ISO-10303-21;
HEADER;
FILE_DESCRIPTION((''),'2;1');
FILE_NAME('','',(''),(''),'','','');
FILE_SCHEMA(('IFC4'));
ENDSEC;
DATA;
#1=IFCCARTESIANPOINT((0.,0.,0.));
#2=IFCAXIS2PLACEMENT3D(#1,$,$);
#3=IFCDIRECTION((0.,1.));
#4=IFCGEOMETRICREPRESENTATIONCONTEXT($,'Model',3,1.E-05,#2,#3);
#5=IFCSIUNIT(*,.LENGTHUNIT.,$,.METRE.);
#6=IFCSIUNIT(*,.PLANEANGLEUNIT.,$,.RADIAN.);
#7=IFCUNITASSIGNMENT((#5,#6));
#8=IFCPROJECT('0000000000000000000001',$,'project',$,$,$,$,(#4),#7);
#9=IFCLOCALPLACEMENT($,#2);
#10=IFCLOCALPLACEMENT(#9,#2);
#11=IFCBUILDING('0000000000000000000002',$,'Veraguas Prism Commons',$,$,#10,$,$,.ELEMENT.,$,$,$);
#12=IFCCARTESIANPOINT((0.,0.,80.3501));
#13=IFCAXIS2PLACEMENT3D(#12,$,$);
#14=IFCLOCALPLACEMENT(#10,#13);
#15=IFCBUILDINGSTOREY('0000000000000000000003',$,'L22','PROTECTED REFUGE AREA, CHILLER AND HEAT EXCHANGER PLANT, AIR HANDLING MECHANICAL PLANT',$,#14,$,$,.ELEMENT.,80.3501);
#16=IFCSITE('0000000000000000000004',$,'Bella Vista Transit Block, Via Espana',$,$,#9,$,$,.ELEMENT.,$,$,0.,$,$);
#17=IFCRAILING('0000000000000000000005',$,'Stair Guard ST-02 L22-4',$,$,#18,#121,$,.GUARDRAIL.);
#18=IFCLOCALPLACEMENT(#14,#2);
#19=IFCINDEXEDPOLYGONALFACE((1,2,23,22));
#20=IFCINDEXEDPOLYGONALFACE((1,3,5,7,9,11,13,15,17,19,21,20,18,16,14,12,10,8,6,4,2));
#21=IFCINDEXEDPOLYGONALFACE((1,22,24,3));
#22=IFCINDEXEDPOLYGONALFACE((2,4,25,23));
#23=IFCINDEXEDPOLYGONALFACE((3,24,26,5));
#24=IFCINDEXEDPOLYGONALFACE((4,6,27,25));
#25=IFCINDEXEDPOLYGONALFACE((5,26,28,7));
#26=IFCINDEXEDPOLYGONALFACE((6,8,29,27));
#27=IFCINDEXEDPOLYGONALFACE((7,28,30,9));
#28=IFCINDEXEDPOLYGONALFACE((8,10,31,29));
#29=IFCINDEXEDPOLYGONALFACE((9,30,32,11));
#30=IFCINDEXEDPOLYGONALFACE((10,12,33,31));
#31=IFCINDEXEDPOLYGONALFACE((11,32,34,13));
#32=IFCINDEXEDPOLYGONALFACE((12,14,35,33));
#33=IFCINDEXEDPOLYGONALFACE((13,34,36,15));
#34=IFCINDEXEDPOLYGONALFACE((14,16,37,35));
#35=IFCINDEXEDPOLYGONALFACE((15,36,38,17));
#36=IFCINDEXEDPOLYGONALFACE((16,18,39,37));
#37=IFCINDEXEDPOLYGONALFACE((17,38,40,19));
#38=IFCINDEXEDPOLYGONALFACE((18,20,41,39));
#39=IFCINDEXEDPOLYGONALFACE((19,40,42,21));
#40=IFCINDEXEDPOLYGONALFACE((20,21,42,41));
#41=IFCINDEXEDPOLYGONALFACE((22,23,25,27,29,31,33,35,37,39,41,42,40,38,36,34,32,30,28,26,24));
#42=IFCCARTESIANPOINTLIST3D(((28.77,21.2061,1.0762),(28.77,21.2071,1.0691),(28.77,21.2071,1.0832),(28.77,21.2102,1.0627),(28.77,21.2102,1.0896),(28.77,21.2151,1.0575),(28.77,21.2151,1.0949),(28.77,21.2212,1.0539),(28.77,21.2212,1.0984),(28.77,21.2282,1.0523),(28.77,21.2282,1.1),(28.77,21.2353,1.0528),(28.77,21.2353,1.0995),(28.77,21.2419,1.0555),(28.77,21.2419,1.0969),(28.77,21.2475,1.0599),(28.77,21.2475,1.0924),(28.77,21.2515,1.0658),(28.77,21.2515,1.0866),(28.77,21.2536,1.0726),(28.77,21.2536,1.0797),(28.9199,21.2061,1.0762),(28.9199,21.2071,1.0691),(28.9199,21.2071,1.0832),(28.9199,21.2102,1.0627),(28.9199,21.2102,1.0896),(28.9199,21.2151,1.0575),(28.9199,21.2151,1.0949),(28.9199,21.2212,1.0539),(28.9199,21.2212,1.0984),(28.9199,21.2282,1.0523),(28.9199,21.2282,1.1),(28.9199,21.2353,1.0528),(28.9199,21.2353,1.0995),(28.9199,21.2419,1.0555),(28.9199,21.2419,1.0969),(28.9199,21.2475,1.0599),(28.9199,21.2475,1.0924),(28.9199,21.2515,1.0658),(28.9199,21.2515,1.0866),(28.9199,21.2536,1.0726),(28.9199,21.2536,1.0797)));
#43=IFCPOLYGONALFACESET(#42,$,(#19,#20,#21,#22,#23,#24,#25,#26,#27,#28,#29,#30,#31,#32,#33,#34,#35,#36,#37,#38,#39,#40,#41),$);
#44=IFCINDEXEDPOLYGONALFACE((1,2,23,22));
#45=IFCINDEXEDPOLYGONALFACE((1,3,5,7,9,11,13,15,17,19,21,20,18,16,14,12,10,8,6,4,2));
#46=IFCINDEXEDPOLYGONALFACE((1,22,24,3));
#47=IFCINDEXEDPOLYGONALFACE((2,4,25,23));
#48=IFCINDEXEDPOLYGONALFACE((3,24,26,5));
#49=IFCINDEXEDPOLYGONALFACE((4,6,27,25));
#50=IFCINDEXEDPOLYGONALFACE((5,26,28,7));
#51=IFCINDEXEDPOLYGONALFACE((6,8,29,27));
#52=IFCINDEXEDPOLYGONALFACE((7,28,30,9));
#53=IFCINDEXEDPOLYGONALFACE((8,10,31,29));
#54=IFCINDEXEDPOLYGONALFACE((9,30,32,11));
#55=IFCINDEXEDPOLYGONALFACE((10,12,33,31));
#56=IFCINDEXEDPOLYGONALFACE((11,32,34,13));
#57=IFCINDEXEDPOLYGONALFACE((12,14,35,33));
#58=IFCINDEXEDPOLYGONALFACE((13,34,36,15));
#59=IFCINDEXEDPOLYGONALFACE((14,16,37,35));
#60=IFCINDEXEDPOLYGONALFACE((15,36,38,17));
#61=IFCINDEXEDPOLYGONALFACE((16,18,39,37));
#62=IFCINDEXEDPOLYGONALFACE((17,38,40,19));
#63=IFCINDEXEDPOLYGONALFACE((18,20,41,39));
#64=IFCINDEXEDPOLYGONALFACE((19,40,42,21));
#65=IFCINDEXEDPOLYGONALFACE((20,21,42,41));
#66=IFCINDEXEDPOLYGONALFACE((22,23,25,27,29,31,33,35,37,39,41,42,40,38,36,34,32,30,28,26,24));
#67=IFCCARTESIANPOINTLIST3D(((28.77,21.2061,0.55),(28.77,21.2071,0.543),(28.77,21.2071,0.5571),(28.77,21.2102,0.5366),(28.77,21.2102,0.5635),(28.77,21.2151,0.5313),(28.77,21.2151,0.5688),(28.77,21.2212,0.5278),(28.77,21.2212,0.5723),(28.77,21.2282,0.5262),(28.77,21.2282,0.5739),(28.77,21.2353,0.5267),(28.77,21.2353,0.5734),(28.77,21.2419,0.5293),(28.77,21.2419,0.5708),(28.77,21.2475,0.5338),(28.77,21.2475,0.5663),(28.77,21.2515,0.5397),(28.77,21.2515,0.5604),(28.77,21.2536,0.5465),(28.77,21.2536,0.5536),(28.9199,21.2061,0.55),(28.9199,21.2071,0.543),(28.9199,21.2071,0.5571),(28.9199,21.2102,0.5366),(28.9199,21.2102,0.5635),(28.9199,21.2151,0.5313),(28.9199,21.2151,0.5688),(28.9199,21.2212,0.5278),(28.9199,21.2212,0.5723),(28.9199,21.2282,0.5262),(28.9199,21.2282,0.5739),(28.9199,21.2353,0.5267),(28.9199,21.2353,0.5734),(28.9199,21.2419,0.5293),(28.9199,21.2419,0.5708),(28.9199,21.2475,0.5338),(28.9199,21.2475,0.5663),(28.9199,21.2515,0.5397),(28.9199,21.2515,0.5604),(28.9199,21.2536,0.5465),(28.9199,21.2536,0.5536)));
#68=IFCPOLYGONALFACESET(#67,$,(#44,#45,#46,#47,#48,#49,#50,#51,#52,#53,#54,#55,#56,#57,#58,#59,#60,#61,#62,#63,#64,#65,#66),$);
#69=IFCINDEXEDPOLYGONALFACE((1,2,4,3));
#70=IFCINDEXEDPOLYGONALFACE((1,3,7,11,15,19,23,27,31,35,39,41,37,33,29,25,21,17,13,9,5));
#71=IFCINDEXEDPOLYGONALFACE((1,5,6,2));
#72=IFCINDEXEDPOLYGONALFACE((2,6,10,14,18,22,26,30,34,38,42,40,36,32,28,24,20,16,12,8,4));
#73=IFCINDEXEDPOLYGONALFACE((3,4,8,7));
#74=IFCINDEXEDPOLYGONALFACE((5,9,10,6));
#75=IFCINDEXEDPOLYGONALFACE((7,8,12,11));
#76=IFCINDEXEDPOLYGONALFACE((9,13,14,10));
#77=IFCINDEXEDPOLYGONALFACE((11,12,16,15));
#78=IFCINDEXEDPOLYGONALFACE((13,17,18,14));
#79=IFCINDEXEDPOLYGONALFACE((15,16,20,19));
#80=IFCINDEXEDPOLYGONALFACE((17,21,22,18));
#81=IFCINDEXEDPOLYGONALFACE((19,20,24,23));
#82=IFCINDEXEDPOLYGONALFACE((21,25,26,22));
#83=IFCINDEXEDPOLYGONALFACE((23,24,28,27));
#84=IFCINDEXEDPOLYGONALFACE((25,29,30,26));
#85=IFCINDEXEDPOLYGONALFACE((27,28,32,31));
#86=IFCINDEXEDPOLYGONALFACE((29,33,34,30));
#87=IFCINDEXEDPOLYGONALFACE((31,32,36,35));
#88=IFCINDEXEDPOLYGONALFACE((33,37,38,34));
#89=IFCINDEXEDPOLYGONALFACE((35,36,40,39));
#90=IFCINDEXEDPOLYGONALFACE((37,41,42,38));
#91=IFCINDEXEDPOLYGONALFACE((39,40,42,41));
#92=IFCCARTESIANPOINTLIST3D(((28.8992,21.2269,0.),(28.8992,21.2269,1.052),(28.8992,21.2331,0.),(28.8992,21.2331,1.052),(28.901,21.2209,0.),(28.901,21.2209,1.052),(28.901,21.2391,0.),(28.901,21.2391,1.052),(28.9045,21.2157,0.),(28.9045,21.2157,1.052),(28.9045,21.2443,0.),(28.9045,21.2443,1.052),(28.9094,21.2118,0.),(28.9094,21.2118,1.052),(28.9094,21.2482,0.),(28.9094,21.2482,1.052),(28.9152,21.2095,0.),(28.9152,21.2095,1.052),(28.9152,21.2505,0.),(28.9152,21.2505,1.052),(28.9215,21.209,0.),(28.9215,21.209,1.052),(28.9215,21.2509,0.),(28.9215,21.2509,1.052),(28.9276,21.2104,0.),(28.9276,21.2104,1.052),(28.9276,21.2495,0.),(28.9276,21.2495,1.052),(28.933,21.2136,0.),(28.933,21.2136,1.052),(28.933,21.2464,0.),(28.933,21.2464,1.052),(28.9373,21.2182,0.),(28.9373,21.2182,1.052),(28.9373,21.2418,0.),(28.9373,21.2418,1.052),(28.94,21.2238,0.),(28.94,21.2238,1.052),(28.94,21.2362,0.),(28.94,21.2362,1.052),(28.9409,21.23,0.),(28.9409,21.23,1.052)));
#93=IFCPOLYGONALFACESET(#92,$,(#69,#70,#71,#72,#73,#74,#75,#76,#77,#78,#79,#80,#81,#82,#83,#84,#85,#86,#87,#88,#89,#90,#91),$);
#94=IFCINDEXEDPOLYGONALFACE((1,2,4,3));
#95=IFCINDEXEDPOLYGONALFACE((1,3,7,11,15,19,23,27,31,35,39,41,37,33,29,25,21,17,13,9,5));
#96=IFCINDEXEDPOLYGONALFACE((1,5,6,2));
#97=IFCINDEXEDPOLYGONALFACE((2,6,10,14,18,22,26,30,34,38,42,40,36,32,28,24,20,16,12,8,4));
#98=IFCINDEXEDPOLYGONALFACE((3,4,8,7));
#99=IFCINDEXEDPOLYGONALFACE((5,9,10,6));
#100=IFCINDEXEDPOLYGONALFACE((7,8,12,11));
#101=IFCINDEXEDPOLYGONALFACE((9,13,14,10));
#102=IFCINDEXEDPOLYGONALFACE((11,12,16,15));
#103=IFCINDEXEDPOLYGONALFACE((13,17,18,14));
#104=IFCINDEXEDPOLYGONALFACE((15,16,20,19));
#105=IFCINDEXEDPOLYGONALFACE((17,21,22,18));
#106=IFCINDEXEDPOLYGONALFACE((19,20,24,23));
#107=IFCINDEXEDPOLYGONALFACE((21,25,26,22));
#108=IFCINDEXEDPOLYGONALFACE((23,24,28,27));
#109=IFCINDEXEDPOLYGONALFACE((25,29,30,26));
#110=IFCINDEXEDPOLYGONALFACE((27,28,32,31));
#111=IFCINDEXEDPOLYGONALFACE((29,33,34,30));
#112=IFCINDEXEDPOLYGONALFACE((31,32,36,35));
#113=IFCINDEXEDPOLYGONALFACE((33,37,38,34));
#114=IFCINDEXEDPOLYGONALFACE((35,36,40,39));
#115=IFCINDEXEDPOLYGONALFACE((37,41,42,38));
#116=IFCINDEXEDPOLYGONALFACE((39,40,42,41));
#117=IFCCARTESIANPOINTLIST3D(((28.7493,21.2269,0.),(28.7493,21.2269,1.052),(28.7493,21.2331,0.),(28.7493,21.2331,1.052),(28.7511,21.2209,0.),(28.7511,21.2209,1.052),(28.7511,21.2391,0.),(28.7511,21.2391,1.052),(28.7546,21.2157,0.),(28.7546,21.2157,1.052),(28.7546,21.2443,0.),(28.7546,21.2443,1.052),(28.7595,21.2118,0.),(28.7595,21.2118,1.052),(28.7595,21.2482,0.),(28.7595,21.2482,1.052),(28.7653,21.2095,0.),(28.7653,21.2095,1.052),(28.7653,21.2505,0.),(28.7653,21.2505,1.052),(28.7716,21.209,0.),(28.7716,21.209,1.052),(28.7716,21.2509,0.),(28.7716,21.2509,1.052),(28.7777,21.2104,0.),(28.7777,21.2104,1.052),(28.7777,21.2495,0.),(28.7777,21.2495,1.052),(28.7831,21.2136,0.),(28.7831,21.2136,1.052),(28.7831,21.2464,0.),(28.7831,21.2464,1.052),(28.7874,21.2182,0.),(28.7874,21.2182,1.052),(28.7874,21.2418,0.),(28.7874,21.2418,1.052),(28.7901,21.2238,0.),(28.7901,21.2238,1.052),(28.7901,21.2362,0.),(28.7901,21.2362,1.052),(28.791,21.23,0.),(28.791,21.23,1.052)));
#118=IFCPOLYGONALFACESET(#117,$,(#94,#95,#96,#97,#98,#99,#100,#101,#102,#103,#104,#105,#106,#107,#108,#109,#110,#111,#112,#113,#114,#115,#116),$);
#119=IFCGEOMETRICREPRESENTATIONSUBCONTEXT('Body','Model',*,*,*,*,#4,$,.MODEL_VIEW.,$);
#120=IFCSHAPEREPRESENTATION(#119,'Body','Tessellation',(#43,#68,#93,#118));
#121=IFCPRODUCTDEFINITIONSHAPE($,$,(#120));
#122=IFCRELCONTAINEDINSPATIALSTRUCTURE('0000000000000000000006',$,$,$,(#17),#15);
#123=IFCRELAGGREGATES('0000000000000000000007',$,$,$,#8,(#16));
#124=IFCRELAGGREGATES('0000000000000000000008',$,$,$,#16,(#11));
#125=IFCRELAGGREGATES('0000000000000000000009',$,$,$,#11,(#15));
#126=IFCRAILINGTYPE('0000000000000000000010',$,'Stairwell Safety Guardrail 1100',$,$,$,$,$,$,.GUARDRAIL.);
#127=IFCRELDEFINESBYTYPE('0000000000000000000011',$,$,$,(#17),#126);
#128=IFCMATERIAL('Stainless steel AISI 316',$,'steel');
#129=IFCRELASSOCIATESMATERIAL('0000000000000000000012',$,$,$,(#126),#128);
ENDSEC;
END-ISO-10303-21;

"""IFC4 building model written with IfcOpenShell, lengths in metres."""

from ifc_helpers import new_model, si_unit, direction, frame, origin, origin_2d, place, context, subcontext, project, spatial, circle, extrude, material, type_object, element, save


model = new_model("IFC4")

# Units and contexts
model_context = context("Model", 3, precision=1e-05, world=origin(), true_north=direction((0.0, 1.0)))
body_context = subcontext(model_context, "Body", "Model", "MODEL_VIEW")
ifc_project = project(units=[si_unit("LENGTHUNIT", "METRE"), si_unit("PLANEANGLEUNIT", "RADIAN")], contexts=[model_context])

# Site, building, storey
site_placement = place(None, origin())
site = spatial("IfcSite", under=ifc_project, at=site_placement, Name="Bella Vista Transit Block, Via Espana", CompositionType="ELEMENT", RefElevation=0.0)
building_placement = place(site_placement, origin())
building = spatial("IfcBuilding", under=site, at=building_placement, Name="Veraguas Prism Commons", CompositionType="ELEMENT")
storey_placement = place(building_placement, frame((0.0, 0.0, 80.3501)))
storey = spatial("IfcBuildingStorey", under=building, at=storey_placement, Name="L22", Description="PROTECTED REFUGE AREA, CHILLER AND HEAT EXCHANGER PLANT, AIR HANDLING MECHANICAL PLANT", CompositionType="ELEMENT", Elevation=80.3501)

# Shared definitions
ifc_material_1 = material(Name="Stainless steel AISI 316", Category="steel")

# Railing
railing_type_1 = type_object("IfcRailingType", Name="Stairwell Safety Guardrail 1100", PredefinedType="GUARDRAIL", material=ifc_material_1)
railing_1_placement = place(storey_placement, frame((28.9199, 21.23, 0.0)))
element("IfcRailing", 1, at=railing_1_placement, inside=storey, type_object=railing_type_1, Name="Stair Guard ST-02 L22-4", PredefinedType="GUARDRAIL", context=body_context, shape_type="SweptSolid", body=[
    extrude(circle(Radius=0.0239, at=origin_2d()), frame((0.0, 0.0, 1.0762), z_axis=(-1.0, 0.0, 0.0), x_axis=(0.0, -1.0, 0.0)), (0.0, 0.0, 1.0), 0.1499),
    extrude(circle(Radius=0.0239, at=origin_2d()), frame((0.0, 0.0, 0.55), z_axis=(-1.0, 0.0, 0.0), x_axis=(0.0, -1.0, 0.0)), (0.0, 0.0, 1.0), 0.1499),
    extrude(circle(Radius=0.021, at=origin_2d()), origin(), (0.0, 0.0, 1.0), 1.052),
    extrude(circle(Radius=0.021, at=origin_2d()), frame((-0.1499, 0.0, 0.0)), (0.0, 0.0, 1.0), 1.052),
])

save(model, "model.ifc")
